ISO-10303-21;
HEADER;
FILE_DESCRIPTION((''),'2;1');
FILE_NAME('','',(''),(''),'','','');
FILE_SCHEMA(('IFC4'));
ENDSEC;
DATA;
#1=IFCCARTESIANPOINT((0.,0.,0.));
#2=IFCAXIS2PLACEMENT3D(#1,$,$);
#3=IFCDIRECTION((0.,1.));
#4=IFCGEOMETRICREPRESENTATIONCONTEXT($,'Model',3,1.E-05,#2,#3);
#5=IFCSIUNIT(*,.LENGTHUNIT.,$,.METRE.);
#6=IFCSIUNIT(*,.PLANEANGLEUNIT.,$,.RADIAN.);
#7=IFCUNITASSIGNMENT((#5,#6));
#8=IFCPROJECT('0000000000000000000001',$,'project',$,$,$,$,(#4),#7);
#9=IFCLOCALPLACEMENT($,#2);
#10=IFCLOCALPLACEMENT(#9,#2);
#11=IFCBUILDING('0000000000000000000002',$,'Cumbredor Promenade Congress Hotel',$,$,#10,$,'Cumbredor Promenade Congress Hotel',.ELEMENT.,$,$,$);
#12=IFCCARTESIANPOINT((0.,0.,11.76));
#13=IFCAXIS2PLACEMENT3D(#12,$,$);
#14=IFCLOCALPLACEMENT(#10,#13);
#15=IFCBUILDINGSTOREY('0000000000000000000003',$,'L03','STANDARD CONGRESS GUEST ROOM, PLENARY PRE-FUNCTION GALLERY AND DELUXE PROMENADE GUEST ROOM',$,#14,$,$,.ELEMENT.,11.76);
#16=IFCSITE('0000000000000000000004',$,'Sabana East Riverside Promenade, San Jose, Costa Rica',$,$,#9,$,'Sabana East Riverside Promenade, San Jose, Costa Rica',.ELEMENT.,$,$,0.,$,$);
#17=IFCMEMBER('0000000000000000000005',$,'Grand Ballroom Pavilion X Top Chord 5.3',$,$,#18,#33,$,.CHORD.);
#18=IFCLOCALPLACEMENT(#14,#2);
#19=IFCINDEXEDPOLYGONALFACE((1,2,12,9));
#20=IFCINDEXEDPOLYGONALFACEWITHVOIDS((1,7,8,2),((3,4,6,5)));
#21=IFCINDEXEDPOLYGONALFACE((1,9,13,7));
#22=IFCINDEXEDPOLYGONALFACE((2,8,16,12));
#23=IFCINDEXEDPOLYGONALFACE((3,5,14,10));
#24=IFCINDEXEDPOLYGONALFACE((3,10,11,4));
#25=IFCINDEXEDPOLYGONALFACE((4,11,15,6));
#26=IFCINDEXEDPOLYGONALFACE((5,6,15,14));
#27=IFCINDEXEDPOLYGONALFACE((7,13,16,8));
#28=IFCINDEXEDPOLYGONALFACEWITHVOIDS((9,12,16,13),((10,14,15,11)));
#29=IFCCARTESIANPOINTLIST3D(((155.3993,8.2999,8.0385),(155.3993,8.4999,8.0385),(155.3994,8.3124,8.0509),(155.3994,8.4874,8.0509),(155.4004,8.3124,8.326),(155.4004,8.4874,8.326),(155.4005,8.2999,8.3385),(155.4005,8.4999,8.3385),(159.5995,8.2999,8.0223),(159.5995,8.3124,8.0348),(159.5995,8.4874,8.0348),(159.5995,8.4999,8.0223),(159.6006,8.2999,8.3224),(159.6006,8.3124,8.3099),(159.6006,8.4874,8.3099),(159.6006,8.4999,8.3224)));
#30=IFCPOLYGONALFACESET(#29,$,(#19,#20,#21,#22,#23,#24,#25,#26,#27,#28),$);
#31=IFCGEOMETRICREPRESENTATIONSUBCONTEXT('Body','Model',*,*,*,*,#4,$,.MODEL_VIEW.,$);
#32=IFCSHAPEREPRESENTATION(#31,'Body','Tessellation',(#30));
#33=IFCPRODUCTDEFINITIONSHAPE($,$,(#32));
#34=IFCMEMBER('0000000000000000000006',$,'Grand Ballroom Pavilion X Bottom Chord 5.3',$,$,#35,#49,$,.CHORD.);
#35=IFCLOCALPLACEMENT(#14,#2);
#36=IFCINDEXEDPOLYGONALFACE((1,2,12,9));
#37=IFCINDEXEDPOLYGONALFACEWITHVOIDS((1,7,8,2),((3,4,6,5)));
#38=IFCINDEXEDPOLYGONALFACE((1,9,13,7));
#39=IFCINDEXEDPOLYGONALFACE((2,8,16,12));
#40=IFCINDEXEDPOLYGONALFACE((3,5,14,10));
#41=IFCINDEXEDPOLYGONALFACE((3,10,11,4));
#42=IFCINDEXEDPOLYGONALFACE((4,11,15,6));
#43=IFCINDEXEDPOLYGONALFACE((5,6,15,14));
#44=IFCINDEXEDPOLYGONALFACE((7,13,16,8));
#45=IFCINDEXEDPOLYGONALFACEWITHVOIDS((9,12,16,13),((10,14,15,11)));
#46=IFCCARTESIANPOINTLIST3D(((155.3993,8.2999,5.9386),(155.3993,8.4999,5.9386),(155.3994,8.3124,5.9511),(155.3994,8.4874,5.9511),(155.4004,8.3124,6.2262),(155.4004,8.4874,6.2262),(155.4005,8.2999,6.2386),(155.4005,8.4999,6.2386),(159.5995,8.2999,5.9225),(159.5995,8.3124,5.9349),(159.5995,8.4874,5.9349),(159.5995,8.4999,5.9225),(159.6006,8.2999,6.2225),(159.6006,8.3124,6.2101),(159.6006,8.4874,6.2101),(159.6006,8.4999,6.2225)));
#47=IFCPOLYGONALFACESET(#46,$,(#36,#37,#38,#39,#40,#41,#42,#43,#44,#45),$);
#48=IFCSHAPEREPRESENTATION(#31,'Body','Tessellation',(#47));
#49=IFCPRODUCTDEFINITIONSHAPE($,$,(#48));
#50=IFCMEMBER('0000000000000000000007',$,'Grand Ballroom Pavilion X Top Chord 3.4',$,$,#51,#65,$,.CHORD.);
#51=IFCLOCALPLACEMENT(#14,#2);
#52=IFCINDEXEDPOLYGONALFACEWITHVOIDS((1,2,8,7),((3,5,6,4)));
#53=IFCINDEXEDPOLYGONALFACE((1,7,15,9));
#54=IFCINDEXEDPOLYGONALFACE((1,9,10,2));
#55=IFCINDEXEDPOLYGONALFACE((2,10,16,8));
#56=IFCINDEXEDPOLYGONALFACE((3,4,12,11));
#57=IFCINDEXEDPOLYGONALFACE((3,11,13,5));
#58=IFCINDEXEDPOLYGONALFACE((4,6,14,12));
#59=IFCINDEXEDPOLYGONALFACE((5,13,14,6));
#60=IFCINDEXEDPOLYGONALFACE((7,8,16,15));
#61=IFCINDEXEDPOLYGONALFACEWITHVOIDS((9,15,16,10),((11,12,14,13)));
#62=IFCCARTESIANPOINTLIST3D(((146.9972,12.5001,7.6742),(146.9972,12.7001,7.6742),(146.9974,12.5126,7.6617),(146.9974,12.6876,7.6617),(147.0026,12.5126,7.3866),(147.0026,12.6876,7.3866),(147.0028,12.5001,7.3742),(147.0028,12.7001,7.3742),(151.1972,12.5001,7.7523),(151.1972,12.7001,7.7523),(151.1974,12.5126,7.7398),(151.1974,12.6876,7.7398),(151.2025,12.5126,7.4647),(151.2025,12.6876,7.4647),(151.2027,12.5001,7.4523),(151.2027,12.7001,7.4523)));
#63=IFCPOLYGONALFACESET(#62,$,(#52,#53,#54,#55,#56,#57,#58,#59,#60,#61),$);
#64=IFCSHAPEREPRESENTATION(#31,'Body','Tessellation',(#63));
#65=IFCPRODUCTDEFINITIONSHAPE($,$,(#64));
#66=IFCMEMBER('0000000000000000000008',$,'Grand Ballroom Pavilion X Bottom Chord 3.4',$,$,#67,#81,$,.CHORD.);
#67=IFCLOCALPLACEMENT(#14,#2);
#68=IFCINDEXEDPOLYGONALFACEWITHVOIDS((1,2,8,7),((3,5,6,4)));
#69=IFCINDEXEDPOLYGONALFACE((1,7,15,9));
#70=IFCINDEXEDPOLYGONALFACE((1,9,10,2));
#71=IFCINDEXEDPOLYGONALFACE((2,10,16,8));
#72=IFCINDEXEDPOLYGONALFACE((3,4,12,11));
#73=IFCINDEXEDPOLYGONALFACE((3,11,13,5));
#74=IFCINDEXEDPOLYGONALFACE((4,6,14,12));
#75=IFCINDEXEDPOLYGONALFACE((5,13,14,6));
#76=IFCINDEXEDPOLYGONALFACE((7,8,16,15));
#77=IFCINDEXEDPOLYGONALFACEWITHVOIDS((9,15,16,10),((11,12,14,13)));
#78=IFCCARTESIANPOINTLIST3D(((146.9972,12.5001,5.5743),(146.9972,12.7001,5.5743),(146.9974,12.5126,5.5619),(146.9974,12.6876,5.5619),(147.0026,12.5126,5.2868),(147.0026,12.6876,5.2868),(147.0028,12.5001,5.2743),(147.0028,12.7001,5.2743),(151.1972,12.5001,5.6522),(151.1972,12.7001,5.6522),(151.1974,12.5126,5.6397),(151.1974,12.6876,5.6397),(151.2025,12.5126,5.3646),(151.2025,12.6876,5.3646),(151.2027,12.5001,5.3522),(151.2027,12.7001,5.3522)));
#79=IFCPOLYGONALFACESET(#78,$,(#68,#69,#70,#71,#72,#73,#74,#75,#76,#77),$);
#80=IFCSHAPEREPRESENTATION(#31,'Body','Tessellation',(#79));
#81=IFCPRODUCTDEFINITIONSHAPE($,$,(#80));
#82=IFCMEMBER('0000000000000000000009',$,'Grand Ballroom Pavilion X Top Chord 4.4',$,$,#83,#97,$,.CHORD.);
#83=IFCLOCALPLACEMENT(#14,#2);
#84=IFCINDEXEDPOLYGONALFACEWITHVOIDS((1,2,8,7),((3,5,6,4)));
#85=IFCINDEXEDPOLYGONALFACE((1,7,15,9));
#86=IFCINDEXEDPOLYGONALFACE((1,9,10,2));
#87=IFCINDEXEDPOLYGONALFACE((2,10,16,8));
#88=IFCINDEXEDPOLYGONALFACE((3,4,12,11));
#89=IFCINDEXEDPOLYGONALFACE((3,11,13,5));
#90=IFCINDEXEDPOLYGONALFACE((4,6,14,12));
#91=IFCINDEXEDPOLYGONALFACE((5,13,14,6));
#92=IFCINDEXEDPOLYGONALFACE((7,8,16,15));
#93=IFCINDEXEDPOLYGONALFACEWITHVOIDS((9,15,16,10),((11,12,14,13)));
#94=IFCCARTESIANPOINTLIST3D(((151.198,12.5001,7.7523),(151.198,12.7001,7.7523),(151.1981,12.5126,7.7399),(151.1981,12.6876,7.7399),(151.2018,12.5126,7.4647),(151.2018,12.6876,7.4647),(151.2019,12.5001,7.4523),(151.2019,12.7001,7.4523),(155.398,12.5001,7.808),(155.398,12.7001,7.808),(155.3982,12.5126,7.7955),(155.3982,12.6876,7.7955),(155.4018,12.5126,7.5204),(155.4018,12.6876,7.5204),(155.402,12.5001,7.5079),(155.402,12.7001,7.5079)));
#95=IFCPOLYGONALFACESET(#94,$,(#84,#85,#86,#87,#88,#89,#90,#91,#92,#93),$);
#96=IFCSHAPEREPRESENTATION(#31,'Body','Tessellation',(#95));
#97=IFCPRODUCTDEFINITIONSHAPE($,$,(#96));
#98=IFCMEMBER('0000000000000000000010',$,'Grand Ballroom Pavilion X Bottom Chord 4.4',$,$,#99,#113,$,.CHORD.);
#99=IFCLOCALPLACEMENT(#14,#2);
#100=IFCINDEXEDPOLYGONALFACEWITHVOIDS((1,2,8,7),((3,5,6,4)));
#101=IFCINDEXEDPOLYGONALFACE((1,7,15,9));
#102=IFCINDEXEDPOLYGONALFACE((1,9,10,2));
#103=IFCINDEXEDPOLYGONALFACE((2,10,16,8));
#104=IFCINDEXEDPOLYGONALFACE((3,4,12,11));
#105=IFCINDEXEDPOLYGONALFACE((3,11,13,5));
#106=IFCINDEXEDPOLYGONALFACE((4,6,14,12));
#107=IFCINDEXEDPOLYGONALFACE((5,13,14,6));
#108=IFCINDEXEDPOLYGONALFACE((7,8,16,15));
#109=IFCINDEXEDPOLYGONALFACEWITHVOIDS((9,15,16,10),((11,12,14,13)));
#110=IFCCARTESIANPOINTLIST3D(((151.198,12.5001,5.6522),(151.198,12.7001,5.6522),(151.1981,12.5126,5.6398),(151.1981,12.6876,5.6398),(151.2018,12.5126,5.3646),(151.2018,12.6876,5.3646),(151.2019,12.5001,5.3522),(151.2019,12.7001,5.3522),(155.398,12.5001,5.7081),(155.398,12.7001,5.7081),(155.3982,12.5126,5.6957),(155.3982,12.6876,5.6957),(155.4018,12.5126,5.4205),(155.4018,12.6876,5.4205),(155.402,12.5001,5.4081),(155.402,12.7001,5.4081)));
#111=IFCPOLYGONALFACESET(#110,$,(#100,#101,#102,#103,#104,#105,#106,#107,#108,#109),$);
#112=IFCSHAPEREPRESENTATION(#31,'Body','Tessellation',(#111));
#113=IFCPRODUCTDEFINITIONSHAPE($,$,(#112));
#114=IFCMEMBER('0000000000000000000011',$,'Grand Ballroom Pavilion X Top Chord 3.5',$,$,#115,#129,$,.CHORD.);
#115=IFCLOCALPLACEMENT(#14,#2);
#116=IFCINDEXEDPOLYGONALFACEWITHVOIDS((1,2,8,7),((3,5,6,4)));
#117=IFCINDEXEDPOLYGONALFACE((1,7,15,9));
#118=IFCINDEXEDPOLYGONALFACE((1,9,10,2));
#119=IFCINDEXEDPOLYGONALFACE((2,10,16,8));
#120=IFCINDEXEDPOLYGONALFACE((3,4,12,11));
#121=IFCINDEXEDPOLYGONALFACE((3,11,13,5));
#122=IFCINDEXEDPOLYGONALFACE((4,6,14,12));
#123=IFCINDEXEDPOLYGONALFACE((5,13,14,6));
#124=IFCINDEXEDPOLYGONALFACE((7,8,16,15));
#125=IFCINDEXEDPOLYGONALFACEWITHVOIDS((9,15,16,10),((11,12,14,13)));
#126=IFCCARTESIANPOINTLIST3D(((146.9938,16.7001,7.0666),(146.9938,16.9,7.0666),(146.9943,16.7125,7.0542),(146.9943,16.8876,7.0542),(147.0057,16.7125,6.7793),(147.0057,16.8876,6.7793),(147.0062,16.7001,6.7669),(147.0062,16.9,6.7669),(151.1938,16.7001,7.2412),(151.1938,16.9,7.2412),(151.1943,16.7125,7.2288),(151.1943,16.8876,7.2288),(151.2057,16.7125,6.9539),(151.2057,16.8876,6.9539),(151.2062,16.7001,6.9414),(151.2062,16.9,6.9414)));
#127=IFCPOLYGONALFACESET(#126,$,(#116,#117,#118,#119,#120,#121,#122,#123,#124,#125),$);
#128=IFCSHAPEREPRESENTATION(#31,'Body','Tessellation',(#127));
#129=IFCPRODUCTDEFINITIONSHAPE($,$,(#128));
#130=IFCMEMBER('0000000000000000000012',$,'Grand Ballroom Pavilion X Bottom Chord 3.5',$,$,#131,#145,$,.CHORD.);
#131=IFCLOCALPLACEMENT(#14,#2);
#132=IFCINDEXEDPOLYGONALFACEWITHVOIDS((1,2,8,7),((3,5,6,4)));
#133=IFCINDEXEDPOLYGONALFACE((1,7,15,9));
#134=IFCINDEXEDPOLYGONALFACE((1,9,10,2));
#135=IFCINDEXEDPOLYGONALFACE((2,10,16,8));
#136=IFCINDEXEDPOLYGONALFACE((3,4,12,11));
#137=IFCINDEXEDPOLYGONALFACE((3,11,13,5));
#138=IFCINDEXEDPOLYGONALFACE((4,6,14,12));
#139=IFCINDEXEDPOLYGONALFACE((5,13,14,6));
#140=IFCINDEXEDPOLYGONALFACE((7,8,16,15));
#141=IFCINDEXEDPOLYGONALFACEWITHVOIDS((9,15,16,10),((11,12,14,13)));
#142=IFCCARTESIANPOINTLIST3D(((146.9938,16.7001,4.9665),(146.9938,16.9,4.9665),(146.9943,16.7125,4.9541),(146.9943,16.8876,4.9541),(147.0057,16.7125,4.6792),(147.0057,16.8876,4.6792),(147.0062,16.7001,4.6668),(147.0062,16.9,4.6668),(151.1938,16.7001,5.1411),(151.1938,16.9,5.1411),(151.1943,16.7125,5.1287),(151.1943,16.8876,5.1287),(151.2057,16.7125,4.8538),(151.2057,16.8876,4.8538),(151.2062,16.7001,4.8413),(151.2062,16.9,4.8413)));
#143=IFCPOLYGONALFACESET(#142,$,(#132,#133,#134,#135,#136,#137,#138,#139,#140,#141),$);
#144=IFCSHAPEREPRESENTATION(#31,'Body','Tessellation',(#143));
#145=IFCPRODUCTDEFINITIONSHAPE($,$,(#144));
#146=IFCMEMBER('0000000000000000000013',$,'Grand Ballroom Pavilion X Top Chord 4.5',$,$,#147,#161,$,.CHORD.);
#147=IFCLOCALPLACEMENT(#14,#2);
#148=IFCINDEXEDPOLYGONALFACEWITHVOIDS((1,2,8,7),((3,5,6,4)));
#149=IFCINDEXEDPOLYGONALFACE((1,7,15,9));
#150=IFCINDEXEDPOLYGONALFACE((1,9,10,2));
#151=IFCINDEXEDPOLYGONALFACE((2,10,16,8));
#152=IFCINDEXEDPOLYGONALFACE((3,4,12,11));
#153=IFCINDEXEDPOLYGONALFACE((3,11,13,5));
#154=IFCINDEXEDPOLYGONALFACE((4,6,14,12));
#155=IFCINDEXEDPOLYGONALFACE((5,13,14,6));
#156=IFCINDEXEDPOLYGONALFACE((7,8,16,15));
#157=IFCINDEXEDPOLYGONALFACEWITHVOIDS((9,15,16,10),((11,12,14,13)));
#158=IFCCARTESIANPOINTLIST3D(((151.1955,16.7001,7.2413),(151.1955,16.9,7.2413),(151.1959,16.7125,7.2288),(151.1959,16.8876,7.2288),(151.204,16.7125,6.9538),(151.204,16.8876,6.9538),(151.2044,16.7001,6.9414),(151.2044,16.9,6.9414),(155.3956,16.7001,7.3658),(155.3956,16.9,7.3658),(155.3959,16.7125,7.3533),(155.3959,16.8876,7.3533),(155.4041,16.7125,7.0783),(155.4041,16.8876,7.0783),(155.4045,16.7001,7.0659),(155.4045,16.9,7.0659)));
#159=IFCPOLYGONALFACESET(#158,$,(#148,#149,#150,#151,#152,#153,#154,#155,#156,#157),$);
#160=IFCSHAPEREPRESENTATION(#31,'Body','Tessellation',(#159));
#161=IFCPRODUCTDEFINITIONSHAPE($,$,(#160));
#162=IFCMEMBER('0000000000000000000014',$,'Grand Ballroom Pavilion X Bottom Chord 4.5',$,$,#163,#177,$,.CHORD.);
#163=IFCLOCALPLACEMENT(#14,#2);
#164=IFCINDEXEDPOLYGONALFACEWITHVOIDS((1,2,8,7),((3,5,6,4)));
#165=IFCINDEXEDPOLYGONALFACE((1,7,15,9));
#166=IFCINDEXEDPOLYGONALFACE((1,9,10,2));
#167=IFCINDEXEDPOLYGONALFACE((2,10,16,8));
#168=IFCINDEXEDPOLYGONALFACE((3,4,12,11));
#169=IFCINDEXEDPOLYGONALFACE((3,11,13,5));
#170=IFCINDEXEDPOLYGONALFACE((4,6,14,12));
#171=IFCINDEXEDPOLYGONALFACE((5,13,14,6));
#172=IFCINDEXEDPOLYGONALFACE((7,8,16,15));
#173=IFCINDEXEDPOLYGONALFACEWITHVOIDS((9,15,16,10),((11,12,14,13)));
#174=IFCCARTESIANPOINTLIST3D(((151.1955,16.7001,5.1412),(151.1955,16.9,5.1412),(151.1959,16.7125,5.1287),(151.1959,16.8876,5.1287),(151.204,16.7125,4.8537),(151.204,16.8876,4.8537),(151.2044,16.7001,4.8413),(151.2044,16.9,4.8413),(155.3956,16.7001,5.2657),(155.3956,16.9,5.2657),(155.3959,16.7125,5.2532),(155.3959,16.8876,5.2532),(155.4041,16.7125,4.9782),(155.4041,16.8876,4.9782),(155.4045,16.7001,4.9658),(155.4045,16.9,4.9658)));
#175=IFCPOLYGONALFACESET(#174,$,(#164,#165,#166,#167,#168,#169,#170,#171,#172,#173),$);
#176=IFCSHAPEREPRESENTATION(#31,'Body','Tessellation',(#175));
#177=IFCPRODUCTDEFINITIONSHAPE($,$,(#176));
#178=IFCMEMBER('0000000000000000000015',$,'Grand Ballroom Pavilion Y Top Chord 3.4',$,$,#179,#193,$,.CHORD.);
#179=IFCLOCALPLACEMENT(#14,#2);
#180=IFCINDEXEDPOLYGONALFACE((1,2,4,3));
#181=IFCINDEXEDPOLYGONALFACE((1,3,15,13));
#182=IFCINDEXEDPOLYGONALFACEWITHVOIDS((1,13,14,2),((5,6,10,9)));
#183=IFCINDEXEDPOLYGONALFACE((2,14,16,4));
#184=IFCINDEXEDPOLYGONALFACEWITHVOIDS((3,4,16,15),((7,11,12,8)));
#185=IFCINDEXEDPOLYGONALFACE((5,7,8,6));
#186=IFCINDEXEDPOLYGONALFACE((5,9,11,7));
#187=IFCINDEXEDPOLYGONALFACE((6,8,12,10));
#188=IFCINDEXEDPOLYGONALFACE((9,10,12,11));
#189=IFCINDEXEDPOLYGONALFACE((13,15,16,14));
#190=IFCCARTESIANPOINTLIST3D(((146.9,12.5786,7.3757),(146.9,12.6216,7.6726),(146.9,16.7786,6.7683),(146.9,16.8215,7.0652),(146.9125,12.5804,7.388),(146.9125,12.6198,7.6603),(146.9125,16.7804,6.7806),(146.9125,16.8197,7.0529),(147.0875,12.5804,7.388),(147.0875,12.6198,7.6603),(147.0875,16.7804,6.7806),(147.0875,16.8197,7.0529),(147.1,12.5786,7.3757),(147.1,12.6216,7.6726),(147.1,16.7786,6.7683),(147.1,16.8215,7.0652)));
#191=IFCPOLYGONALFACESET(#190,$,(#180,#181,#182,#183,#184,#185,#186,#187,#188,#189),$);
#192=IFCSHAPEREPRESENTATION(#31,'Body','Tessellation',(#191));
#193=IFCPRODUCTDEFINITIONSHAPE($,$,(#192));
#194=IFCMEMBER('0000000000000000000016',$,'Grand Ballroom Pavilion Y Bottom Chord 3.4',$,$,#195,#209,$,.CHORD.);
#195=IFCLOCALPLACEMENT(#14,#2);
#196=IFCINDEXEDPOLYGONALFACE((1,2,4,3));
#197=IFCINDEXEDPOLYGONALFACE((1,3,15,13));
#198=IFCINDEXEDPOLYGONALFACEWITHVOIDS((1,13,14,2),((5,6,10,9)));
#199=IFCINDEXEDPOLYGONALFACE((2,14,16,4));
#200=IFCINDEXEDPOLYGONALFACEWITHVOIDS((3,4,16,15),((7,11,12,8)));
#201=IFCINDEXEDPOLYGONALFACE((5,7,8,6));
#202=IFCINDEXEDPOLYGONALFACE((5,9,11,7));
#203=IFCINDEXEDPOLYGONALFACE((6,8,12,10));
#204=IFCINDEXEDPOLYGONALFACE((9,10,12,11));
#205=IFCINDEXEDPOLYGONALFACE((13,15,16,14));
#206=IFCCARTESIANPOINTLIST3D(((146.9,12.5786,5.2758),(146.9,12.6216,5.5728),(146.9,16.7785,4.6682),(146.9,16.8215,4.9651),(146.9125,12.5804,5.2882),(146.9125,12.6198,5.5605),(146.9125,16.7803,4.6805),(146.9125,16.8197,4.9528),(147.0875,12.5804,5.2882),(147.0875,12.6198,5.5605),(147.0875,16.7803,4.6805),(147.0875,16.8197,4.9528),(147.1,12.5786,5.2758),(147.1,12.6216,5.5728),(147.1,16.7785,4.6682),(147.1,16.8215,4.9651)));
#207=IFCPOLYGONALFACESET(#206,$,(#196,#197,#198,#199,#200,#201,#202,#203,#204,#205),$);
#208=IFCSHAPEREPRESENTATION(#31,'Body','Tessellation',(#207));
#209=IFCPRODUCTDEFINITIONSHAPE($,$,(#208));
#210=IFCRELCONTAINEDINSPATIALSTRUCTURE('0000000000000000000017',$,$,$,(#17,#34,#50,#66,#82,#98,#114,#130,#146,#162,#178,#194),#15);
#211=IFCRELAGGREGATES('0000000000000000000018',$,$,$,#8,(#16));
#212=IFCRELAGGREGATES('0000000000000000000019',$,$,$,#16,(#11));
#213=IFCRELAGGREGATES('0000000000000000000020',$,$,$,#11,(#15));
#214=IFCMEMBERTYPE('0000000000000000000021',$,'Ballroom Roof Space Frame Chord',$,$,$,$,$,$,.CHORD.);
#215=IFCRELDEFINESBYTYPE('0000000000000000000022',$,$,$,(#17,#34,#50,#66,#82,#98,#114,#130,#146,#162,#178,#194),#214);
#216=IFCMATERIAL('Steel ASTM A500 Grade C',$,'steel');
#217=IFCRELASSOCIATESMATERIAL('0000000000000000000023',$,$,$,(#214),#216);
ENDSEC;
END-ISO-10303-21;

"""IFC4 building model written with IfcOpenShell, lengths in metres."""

from ifc_helpers import new_model, si_unit, direction, frame, origin, origin_2d, place, context, subcontext, project, spatial, hollow_rectangle, extrude, material, material_profile, profile_set, type_object, element, save


model = new_model("IFC4")

# Units and contexts
model_context = context("Model", 3, precision=1e-05, world=origin(), true_north=direction((0.0, 1.0)))
body_context = subcontext(model_context, "Body", "Model", "MODEL_VIEW")
ifc_project = project(units=[si_unit("LENGTHUNIT", "METRE"), si_unit("PLANEANGLEUNIT", "RADIAN")], contexts=[model_context])

# Site, building, storey
site_placement = place(None, origin())
site = spatial("IfcSite", under=ifc_project, at=site_placement, Name="Sabana East Riverside Promenade, San Jose, Costa Rica", LongName="Sabana East Riverside Promenade, San Jose, Costa Rica", CompositionType="ELEMENT", RefElevation=0.0)
building_placement = place(site_placement, origin())
building = spatial("IfcBuilding", under=site, at=building_placement, Name="Cumbredor Promenade Congress Hotel", LongName="Cumbredor Promenade Congress Hotel", CompositionType="ELEMENT")
storey_placement = place(building_placement, frame((0.0, 0.0, 11.76)))
storey = spatial("IfcBuildingStorey", under=building, at=storey_placement, Name="L03", Description="STANDARD CONGRESS GUEST ROOM, PLENARY PRE-FUNCTION GALLERY AND DELUXE PROMENADE GUEST ROOM", CompositionType="ELEMENT", Elevation=11.76)

# Members
ifc_material_1 = material(Name="Steel ASTM A500 Grade C", Category="steel")
ifc_material_profile_1 = material_profile(ifc_material_1, hollow_rectangle(XDim=0.2, YDim=0.3, WallThickness=0.0125, at=origin_2d()), Name="HSS 300x200x12.5")
ifc_profile_set_1 = profile_set([ifc_material_profile_1], Name="Steel ASTM A500 Grade C")
member_type_1 = type_object("IfcMemberType", Name="Ballroom Roof Space Frame Chord", PredefinedType="CHORD", material=ifc_profile_set_1)
for number, where, z_axis, x_axis, name in (
    (1, (155.3999, 8.3999, 8.1885), (0.999993, 0.0, -0.003836), (0.0, 1.0, 0.0), "Grand Ballroom Pavilion X Top Chord 5.3"),
    (2, (155.3999, 8.3999, 6.0886), (0.999993, 0.0, -0.003836), (0.0, 1.0, 0.0), "Grand Ballroom Pavilion X Bottom Chord 5.3"),
):
    element("IfcMember", number, at=place(storey_placement, frame(where, z_axis=z_axis, x_axis=x_axis)), inside=storey, type_object=member_type_1, Name=name, PredefinedType="CHORD", context=body_context, shape_type="SweptSolid", body=[
        extrude(hollow_rectangle(XDim=0.2, YDim=0.3, WallThickness=0.0125, at=origin_2d()), origin(), (0.0, 0.0, 1.0), 4.2002),
    ])
for number, where, z_axis, x_axis, name in (
    (3, (147.0, 12.6001, 7.5242), (0.999827, 0.0, 0.018598), (0.0, 1.0, 0.0), "Grand Ballroom Pavilion X Top Chord 3.4"),
    (4, (147.0, 12.6001, 5.4243), (0.999828, 0.0, 0.01854), (0.0, 1.0, 0.0), "Grand Ballroom Pavilion X Bottom Chord 3.4"),
):
    element("IfcMember", number, at=place(storey_placement, frame(where, z_axis=z_axis, x_axis=x_axis)), inside=storey, type_object=member_type_1, Name=name, PredefinedType="CHORD", context=body_context, shape_type="SweptSolid", body=[
        extrude(hollow_rectangle(XDim=0.2, YDim=0.3, WallThickness=0.0125, at=origin_2d()), origin(), (0.0, 0.0, 1.0), 4.2007),
    ])
for number, where, z_axis, x_axis, name in (
    (5, (151.2, 12.6001, 7.6023), (0.999912, 0.0, 0.013252), (0.0, 1.0, 0.0), "Grand Ballroom Pavilion X Top Chord 4.4"),
    (6, (151.2, 12.6001, 5.5022), (0.999911, 0.0, 0.01331), (0.0, 1.0, 0.0), "Grand Ballroom Pavilion X Bottom Chord 4.4"),
):
    element("IfcMember", number, at=place(storey_placement, frame(where, z_axis=z_axis, x_axis=x_axis)), inside=storey, type_object=member_type_1, Name=name, PredefinedType="CHORD", context=body_context, shape_type="SweptSolid", body=[
        extrude(hollow_rectangle(XDim=0.2, YDim=0.3, WallThickness=0.0125, at=origin_2d()), origin(), (0.0, 0.0, 1.0), 4.2004),
    ])
for number, where, z_axis, x_axis, name in (
    (7, (147.0, 16.8, 6.9167), (0.999137, 0.0, 0.041527), (0.0, 1.0, 0.0), "Grand Ballroom Pavilion X Top Chord 3.5"),
    (8, (147.0, 16.8, 4.8167), (0.999137, 0.0, 0.041527), (0.0, 1.0, 0.0), "Grand Ballroom Pavilion X Bottom Chord 3.5"),
):
    element("IfcMember", number, at=place(storey_placement, frame(where, z_axis=z_axis, x_axis=x_axis)), inside=storey, type_object=member_type_1, Name=name, PredefinedType="CHORD", context=body_context, shape_type="SweptSolid", body=[
        extrude(hollow_rectangle(XDim=0.2, YDim=0.3, WallThickness=0.0125, at=origin_2d()), origin(), (0.0, 0.0, 1.0), 4.2036),
    ])
for number, where, z_axis, x_axis, name in (
    (9, (151.2, 16.8, 7.0913), (0.999561, 0.0, 0.029633), (0.0, 1.0, 0.0), "Grand Ballroom Pavilion X Top Chord 4.5"),
    (10, (151.2, 16.8, 4.9912), (0.999561, 0.0, 0.029633), (0.0, 1.0, 0.0), "Grand Ballroom Pavilion X Bottom Chord 4.5"),
):
    element("IfcMember", number, at=place(storey_placement, frame(where, z_axis=z_axis, x_axis=x_axis)), inside=storey, type_object=member_type_1, Name=name, PredefinedType="CHORD", context=body_context, shape_type="SweptSolid", body=[
        extrude(hollow_rectangle(XDim=0.2, YDim=0.3, WallThickness=0.0125, at=origin_2d()), origin(), (0.0, 0.0, 1.0), 4.2019),
    ])
for number, where, z_axis, x_axis, name in (
    (11, (147.0, 12.6001, 7.5242), (0.0, 0.989703, -0.143137), (-1.0, 0.0, 0.0), "Grand Ballroom Pavilion Y Top Chord 3.4"),
    (12, (147.0, 12.6001, 5.4243), (0.0, 0.989695, -0.143193), (-1.0, 0.0, 0.0), "Grand Ballroom Pavilion Y Bottom Chord 3.4"),
):
    element("IfcMember", number, at=place(storey_placement, frame(where, z_axis=z_axis, x_axis=x_axis)), inside=storey, type_object=member_type_1, Name=name, PredefinedType="CHORD", context=body_context, shape_type="SweptSolid", body=[
        extrude(hollow_rectangle(XDim=0.2, YDim=0.3, WallThickness=0.0125, at=origin_2d()), origin(), (0.0, 0.0, 1.0), 4.2437),
    ])

save(model, "model.ifc")
